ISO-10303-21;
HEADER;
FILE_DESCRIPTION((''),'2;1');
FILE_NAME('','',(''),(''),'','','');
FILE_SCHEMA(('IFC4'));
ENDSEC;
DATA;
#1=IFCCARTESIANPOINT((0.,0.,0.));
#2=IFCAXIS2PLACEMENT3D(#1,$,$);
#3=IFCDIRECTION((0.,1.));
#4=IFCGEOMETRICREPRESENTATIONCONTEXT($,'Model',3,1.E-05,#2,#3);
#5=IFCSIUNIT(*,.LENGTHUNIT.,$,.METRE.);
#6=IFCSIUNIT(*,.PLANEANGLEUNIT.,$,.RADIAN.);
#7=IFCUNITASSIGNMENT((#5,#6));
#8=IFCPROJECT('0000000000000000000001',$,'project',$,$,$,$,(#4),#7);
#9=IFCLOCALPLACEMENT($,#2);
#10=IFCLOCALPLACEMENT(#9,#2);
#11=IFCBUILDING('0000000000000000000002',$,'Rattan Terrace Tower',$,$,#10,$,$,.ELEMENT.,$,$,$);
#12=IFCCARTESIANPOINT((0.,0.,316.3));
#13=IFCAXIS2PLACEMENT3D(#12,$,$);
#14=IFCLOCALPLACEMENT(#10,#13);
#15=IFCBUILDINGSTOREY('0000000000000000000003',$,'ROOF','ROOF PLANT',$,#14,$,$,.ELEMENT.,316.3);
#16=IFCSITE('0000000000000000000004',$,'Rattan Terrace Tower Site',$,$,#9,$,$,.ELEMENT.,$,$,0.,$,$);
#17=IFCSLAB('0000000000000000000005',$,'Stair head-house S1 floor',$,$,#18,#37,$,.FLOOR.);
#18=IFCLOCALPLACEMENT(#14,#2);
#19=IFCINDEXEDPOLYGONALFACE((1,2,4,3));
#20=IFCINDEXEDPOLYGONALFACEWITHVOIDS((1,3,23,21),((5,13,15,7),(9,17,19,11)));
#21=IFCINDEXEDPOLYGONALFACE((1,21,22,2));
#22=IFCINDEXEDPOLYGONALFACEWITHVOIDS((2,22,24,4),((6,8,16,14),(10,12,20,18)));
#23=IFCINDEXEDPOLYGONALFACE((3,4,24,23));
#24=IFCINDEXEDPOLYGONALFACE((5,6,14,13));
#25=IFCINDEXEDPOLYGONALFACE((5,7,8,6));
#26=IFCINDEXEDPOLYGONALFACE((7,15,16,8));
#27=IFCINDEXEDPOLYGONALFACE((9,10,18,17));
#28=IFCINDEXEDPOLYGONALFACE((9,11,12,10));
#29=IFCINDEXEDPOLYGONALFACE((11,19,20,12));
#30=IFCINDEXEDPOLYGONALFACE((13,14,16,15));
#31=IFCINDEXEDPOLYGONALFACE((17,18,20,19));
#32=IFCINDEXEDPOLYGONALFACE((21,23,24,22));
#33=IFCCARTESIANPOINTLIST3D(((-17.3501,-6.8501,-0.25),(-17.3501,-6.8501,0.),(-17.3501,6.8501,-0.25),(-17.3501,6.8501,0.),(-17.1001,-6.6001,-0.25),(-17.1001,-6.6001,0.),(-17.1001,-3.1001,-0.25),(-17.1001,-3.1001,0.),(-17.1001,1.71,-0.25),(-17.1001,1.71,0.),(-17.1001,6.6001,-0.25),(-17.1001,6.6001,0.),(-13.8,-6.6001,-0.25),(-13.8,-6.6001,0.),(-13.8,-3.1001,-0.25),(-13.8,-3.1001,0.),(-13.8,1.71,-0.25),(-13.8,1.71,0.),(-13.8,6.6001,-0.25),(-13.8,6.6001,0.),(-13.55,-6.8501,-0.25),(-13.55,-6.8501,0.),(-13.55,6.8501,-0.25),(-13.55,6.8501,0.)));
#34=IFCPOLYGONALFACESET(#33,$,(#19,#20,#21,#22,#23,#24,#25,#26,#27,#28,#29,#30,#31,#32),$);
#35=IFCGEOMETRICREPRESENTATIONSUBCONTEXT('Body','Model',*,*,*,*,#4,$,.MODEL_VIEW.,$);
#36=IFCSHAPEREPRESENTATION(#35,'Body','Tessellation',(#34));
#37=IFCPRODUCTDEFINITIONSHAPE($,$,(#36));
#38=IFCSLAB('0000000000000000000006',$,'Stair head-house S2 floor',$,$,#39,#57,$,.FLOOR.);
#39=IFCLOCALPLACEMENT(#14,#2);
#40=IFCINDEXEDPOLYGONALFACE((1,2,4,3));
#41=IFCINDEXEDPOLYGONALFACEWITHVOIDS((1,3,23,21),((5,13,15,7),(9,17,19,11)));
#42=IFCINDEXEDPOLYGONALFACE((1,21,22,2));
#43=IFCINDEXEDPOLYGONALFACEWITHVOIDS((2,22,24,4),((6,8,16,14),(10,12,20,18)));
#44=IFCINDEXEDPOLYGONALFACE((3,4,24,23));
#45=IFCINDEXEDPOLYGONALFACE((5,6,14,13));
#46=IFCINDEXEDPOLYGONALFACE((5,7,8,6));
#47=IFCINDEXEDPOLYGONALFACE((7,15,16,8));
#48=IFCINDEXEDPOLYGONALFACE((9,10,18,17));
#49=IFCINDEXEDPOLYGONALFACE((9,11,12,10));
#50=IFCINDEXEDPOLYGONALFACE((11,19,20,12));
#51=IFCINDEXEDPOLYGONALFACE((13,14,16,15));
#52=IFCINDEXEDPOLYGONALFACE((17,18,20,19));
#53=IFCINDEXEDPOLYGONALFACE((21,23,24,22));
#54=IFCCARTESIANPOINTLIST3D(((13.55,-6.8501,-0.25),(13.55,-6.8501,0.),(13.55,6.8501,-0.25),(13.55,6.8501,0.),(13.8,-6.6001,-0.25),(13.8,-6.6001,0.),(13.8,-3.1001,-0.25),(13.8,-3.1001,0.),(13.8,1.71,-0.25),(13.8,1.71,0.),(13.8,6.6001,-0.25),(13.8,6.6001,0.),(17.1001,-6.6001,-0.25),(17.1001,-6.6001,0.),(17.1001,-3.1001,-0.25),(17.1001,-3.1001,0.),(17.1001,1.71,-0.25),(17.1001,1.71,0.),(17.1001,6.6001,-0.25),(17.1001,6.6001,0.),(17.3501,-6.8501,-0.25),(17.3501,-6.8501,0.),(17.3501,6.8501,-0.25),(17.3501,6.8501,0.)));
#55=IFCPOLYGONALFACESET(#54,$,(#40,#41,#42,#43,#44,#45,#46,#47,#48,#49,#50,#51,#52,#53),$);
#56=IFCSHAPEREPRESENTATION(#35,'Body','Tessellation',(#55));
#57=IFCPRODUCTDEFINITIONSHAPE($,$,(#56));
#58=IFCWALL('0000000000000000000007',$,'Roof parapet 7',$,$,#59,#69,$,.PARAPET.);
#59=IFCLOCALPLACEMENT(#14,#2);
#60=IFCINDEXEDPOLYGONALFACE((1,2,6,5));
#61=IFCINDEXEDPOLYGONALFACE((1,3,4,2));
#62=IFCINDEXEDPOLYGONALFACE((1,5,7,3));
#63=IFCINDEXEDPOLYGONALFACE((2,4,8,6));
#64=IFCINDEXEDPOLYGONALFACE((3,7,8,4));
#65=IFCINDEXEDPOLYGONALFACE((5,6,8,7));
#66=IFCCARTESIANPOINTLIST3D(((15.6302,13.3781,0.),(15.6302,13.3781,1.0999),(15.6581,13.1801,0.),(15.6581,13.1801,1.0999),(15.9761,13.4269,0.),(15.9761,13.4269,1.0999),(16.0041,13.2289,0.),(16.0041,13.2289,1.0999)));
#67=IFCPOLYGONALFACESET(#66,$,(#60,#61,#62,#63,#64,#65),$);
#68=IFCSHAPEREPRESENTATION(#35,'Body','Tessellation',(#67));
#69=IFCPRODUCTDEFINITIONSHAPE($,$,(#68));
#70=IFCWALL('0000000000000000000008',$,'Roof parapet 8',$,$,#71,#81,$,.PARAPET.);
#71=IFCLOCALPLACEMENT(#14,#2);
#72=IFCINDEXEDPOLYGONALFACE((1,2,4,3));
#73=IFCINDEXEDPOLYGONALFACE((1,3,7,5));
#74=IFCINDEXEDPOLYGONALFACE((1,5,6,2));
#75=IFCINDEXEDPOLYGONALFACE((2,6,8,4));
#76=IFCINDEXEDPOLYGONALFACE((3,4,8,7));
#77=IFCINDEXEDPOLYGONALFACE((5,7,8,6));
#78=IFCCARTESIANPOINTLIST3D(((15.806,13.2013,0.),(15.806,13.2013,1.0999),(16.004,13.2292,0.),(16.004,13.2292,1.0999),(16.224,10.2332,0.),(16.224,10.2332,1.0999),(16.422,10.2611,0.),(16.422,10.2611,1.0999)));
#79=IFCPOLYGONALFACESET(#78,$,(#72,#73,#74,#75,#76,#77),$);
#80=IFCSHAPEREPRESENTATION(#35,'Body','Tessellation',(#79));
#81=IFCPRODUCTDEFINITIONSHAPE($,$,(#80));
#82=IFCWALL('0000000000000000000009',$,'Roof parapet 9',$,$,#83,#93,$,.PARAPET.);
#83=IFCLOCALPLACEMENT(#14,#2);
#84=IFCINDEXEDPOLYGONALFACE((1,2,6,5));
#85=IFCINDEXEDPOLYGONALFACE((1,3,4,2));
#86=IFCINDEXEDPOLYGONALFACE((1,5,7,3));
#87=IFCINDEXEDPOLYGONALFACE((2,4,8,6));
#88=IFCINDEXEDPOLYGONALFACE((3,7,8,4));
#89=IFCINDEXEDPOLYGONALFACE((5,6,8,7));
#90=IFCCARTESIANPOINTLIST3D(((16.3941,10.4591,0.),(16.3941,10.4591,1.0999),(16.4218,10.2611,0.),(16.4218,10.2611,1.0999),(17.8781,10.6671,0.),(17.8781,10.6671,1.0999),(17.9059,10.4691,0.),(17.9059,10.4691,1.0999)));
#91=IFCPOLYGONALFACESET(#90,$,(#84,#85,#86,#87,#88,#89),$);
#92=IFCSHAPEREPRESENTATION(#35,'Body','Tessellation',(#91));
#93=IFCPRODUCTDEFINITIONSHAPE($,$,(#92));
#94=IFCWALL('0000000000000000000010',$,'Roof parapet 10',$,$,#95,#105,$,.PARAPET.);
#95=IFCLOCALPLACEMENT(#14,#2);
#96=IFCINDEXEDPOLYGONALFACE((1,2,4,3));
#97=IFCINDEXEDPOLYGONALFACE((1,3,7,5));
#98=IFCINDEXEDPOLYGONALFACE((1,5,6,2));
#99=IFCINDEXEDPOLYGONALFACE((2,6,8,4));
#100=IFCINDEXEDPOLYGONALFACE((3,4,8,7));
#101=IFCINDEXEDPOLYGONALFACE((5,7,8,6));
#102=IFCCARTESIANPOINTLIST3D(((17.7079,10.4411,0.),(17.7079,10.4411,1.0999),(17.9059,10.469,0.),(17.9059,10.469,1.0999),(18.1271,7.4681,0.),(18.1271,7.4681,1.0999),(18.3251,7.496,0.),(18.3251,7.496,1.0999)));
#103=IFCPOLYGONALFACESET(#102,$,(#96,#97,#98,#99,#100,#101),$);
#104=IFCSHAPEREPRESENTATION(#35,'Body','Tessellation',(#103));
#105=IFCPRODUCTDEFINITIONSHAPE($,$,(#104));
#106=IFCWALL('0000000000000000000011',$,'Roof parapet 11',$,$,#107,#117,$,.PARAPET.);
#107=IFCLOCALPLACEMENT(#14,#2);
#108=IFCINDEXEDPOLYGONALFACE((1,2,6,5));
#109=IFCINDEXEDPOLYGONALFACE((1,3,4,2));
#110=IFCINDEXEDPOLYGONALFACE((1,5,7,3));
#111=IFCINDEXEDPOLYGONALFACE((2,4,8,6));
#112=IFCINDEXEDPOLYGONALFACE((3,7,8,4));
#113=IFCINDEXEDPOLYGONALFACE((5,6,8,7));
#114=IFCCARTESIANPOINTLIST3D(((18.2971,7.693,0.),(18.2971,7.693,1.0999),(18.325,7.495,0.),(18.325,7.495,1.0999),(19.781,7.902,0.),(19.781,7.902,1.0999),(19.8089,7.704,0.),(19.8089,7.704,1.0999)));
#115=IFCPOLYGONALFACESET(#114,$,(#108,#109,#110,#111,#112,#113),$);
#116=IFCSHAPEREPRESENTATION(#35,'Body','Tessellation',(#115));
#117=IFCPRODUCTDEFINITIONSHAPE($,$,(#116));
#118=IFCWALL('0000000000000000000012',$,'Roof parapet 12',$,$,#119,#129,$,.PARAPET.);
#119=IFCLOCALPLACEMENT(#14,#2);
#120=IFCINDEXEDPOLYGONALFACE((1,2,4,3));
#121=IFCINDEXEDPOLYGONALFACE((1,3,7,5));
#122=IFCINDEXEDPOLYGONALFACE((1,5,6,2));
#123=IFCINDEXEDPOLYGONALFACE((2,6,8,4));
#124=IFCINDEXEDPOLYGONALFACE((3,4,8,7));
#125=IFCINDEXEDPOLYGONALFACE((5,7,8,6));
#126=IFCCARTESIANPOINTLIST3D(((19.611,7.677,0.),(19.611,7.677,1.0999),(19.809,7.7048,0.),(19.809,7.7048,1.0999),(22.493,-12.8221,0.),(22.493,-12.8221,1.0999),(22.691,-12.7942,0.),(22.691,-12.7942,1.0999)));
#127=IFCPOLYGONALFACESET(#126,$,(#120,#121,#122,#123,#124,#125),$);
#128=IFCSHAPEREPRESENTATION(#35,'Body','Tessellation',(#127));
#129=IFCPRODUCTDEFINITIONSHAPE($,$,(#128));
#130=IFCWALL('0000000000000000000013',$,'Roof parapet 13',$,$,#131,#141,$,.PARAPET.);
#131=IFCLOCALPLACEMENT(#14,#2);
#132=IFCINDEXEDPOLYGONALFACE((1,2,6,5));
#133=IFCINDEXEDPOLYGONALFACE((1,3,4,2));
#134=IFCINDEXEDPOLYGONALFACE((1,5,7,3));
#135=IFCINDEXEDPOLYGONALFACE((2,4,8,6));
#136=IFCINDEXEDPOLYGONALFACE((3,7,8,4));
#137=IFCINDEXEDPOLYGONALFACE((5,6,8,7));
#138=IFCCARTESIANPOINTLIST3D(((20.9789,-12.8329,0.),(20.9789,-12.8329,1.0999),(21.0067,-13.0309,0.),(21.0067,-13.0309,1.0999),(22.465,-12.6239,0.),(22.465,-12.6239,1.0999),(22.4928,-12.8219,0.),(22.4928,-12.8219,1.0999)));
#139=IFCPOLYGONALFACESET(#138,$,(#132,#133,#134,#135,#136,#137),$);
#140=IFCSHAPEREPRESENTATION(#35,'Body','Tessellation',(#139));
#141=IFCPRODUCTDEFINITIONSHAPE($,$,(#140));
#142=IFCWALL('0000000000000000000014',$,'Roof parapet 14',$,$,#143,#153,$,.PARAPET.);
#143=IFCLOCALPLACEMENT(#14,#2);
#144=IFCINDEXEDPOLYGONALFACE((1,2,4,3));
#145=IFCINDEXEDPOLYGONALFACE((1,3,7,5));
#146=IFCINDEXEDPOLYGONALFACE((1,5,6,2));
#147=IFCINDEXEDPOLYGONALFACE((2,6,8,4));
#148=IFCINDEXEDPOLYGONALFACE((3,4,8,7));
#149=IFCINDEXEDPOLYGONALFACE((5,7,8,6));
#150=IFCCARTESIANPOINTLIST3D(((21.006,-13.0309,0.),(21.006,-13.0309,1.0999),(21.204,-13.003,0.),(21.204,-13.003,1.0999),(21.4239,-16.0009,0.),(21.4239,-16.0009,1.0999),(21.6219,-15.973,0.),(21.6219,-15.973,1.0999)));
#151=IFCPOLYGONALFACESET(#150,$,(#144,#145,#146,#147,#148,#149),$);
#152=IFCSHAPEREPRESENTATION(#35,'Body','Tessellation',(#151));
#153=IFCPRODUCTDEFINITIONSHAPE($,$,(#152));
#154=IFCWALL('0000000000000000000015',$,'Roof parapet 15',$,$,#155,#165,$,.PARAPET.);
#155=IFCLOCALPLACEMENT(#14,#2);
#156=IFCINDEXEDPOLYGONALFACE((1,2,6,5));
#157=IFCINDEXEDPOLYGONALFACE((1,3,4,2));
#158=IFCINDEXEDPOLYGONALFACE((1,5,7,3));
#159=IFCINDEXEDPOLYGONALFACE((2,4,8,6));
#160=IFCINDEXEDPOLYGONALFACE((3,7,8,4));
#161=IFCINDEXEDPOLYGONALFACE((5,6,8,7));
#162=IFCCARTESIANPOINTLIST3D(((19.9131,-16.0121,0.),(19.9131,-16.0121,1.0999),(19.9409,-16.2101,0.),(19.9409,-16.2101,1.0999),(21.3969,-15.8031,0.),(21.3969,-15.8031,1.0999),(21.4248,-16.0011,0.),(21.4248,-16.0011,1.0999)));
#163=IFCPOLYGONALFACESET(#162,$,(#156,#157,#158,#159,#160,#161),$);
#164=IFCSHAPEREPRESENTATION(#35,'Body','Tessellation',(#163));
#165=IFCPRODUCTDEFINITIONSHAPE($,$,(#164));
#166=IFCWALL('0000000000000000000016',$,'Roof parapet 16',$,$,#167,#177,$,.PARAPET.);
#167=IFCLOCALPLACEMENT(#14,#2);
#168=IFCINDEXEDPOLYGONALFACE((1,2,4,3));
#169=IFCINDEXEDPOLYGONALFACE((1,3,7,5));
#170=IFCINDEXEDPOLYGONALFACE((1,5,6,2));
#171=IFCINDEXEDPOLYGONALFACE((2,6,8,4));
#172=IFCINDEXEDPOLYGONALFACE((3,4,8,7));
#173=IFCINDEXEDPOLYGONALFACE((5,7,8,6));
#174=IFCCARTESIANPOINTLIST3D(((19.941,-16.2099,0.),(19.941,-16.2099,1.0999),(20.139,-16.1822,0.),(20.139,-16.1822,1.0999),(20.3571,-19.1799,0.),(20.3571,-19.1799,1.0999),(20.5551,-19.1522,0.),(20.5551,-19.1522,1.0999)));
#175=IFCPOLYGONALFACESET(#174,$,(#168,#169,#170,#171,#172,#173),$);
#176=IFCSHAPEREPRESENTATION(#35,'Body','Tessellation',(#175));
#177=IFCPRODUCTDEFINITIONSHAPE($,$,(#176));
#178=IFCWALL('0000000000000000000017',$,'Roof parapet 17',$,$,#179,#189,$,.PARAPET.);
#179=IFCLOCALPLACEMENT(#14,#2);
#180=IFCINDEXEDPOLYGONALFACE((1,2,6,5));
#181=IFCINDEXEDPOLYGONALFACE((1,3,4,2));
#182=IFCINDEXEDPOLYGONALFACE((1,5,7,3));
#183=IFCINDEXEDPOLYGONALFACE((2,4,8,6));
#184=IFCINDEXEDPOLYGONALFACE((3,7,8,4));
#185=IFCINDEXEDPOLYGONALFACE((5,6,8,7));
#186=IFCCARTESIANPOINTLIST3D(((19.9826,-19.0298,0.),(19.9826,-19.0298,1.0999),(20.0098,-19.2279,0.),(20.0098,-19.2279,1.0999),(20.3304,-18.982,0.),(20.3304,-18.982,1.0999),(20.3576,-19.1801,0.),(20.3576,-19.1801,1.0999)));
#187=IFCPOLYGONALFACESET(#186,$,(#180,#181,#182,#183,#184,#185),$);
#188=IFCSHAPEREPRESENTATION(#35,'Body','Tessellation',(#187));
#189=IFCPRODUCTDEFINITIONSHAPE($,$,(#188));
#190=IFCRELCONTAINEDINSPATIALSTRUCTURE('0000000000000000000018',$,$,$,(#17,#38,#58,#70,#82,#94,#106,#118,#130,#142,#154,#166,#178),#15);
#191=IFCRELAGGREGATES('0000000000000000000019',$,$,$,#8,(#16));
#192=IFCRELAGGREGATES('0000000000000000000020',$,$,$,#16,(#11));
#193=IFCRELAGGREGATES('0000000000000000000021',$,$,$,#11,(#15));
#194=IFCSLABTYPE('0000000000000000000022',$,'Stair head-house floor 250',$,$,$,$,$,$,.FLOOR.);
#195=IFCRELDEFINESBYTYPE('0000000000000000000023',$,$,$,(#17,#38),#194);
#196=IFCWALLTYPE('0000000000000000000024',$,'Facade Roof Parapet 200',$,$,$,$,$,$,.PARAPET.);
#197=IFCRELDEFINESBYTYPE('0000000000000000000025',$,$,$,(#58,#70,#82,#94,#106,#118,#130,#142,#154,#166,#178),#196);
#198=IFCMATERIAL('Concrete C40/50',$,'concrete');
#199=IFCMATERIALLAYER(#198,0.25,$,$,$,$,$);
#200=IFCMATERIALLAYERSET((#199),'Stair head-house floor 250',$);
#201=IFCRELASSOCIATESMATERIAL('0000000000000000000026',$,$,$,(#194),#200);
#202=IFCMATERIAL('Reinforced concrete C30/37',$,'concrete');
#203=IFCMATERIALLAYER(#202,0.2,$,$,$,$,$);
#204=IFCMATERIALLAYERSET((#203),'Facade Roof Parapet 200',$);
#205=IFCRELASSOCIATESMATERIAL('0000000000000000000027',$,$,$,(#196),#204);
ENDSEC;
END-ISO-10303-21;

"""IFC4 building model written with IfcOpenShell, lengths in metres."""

from ifc_helpers import new_model, si_unit, direction, frame, frame_2d, origin, place, context, subcontext, project, spatial, polyline, rectangle, outline, extrude, material, layer, layer_set, type_object, element, save


model = new_model("IFC4")

# Units and contexts
model_context = context("Model", 3, precision=1e-05, world=origin(), true_north=direction((0.0, 1.0)))
body_context = subcontext(model_context, "Body", "Model", "MODEL_VIEW")
ifc_project = project(units=[si_unit("LENGTHUNIT", "METRE"), si_unit("PLANEANGLEUNIT", "RADIAN")], contexts=[model_context])

# Site, building, storey
site_placement = place(None, origin())
site = spatial("IfcSite", under=ifc_project, at=site_placement, Name="Rattan Terrace Tower Site", CompositionType="ELEMENT", RefElevation=0.0)
building_placement = place(site_placement, origin())
building = spatial("IfcBuilding", under=site, at=building_placement, Name="Rattan Terrace Tower", CompositionType="ELEMENT")
storey_placement = place(building_placement, frame((0.0, 0.0, 316.3)))
storey = spatial("IfcBuildingStorey", under=building, at=storey_placement, Name="ROOF", Description="ROOF PLANT", CompositionType="ELEMENT", Elevation=316.3)

# Slabs
ifc_material_1 = material(Name="Concrete C40/50", Category="concrete")
ifc_layer_1 = layer(ifc_material_1, 0.25)
ifc_layer_set_1 = layer_set([ifc_layer_1], Name="Stair head-house floor 250")
slab_type = type_object("IfcSlabType", Name="Stair head-house floor 250", PredefinedType="FLOOR", material=ifc_layer_set_1)
slab_1_placement = place(storey_placement, frame((0.0, 0.0, -0.25)))
element("IfcSlab", 1, at=slab_1_placement, inside=storey, type_object=slab_type, Name="Stair head-house S1 floor", PredefinedType="FLOOR", context=body_context, shape_type="SweptSolid", body=[
    extrude(outline(polyline([(-13.55, 6.8501), (-13.55, -6.8501), (-17.3501, -6.8501), (-17.3501, 6.8501), (-13.55, 6.8501)]), holes=[polyline([(-13.8, 6.6001), (-17.1001, 6.6001), (-17.1001, 1.71), (-13.8, 1.71), (-13.8, 6.6001)]), polyline([(-13.8, -6.6001), (-13.8, -3.1001), (-17.1001, -3.1001), (-17.1001, -6.6001), (-13.8, -6.6001)])]), origin(), (0.0, 0.0, 1.0), 0.25),
])
slab_2_placement = place(storey_placement, frame((0.0, 0.0, -0.25)))
element("IfcSlab", 2, at=slab_2_placement, inside=storey, type_object=slab_type, Name="Stair head-house S2 floor", PredefinedType="FLOOR", context=body_context, shape_type="SweptSolid", body=[
    extrude(outline(polyline([(17.3501, 6.8501), (17.3501, -6.8501), (13.55, -6.8501), (13.55, 6.8501), (17.3501, 6.8501)]), holes=[polyline([(17.1001, 6.6001), (13.8, 6.6001), (13.8, 1.71), (17.1001, 1.71), (17.1001, 6.6001)]), polyline([(17.1001, -6.6001), (17.1001, -3.1001), (13.8, -3.1001), (13.8, -6.6001), (17.1001, -6.6001)])]), origin(), (0.0, 0.0, 1.0), 0.25),
])

# Walls
ifc_material_2 = material(Name="Reinforced concrete C30/37", Category="concrete")
ifc_layer_2 = layer(ifc_material_2, 0.2)
ifc_layer_set_2 = layer_set([ifc_layer_2], Name="Facade Roof Parapet 200")
wall_type_1 = type_object("IfcWallType", Name="Facade Roof Parapet 200", PredefinedType="PARAPET", material=ifc_layer_set_2)
wall_1_placement = place(storey_placement, frame((15.644, 13.2791, 0.0), z_axis=(0.0, 0.0, 1.0), x_axis=(0.990186, 0.139758, 0.0)))
element("IfcWall", 3, at=wall_1_placement, inside=storey, type_object=wall_type_1, Name="Roof parapet 7", PredefinedType="PARAPET", context=body_context, shape_type="SweptSolid", body=[
    extrude(rectangle(XDim=0.3494, YDim=0.2, at=frame_2d((0.1748, 0.0))), origin(), (0.0, 0.0, 1.0), 1.0999),
])
wall_2_placement = place(storey_placement, frame((15.905, 13.2151, 0.0), z_axis=(0.0, 0.0, 1.0), x_axis=(0.139448, -0.990229, 0.0)))
element("IfcWall", 4, at=wall_2_placement, inside=storey, type_object=wall_type_1, Name="Roof parapet 8", PredefinedType="PARAPET", context=body_context, shape_type="SweptSolid", body=[
    extrude(rectangle(XDim=2.9973, YDim=0.2, at=frame_2d((1.4985, 0.0))), origin(), (0.0, 0.0, 1.0), 1.0999),
])
wall_3_placement = place(storey_placement, frame((16.408, 10.3601, 0.0), z_axis=(0.0, 0.0, 1.0), x_axis=(0.990321, 0.138798, 0.0)))
element("IfcWall", 5, at=wall_3_placement, inside=storey, type_object=wall_type_1, Name="Roof parapet 9", PredefinedType="PARAPET", context=body_context, shape_type="SweptSolid", body=[
    extrude(rectangle(XDim=1.4985, YDim=0.2, at=frame_2d((0.7493, 0.0))), origin(), (0.0, 0.0, 1.0), 1.0999),
])
wall_4_placement = place(storey_placement, frame((17.8069, 10.4551, 0.0), z_axis=(0.0, 0.0, 1.0), x_axis=(0.139611, -0.990206, 0.0)))
element("IfcWall", 6, at=wall_4_placement, inside=storey, type_object=wall_type_1, Name="Roof parapet 10", PredefinedType="PARAPET", context=body_context, shape_type="SweptSolid", body=[
    extrude(rectangle(XDim=3.0024, YDim=0.2, at=frame_2d((1.5012, 0.0))), origin(), (0.0, 0.0, 1.0), 1.0999),
])
wall_5_placement = place(storey_placement, frame((18.311, 7.594, 0.0), z_axis=(0.0, 0.0, 1.0), x_axis=(0.990228, 0.13946, 0.0)))
element("IfcWall", 7, at=wall_5_placement, inside=storey, type_object=wall_type_1, Name="Roof parapet 11", PredefinedType="PARAPET", context=body_context, shape_type="SweptSolid", body=[
    extrude(rectangle(XDim=1.4985, YDim=0.2, at=frame_2d((0.7493, 0.0))), origin(), (0.0, 0.0, 1.0), 1.0999),
])
wall_6_placement = place(storey_placement, frame((19.71, 7.6909, 0.0), z_axis=(0.0, 0.0, 1.0), x_axis=(0.139227, -0.990261, 0.0)))
element("IfcWall", 8, at=wall_6_placement, inside=storey, type_object=wall_type_1, Name="Roof parapet 12", PredefinedType="PARAPET", context=body_context, shape_type="SweptSolid", body=[
    extrude(rectangle(XDim=20.7007, YDim=0.2, at=frame_2d((10.3503, 0.0))), origin(), (0.0, 0.0, 1.0), 1.0999),
])
wall_7_placement = place(storey_placement, frame((22.479, -12.7229, 0.0), z_axis=(0.0, 0.0, 1.0), x_axis=(-0.990256, -0.139257, 0.0)))
element("IfcWall", 9, at=wall_7_placement, inside=storey, type_object=wall_type_1, Name="Roof parapet 13", PredefinedType="PARAPET", context=body_context, shape_type="SweptSolid", body=[
    extrude(rectangle(XDim=1.5007, YDim=0.2, at=frame_2d((0.7505, 0.0))), origin(), (0.0, 0.0, 1.0), 1.0999),
])
wall_8_placement = place(storey_placement, frame((21.105, -13.0171, 0.0), z_axis=(0.0, 0.0, 1.0), x_axis=(0.139358, -0.990242, 0.0)))
element("IfcWall", 10, at=wall_8_placement, inside=storey, type_object=wall_type_1, Name="Roof parapet 14", PredefinedType="PARAPET", context=body_context, shape_type="SweptSolid", body=[
    extrude(rectangle(XDim=2.9993, YDim=0.2, at=frame_2d((1.4995, 0.0))), origin(), (0.0, 0.0, 1.0), 1.0999),
])
wall_9_placement = place(storey_placement, frame((21.4109, -15.9021, 0.0), z_axis=(0.0, 0.0, 1.0), x_axis=(-0.990228, -0.13946, 0.0)))
element("IfcWall", 11, at=wall_9_placement, inside=storey, type_object=wall_type_1, Name="Roof parapet 15", PredefinedType="PARAPET", context=body_context, shape_type="SweptSolid", body=[
    extrude(rectangle(XDim=1.4985, YDim=0.2, at=frame_2d((0.7493, 0.0))), origin(), (0.0, 0.0, 1.0), 1.0999),
])
wall_10_placement = place(storey_placement, frame((20.04, -16.196, 0.0), z_axis=(0.0, 0.0, 1.0), x_axis=(0.13872, -0.990332, 0.0)))
element("IfcWall", 12, at=wall_10_placement, inside=storey, type_object=wall_type_1, Name="Roof parapet 16", PredefinedType="PARAPET", context=body_context, shape_type="SweptSolid", body=[
    extrude(rectangle(XDim=2.999, YDim=0.2, at=frame_2d((1.4995, 0.0))), origin(), (0.0, 0.0, 1.0), 1.0999),
])
wall_11_placement = place(storey_placement, frame((20.344, -19.0811, 0.0), z_axis=(0.0, 0.0, 1.0), x_axis=(-0.990673, -0.136261, 0.0)))
element("IfcWall", 13, at=wall_11_placement, inside=storey, type_object=wall_type_1, Name="Roof parapet 17", PredefinedType="PARAPET", context=body_context, shape_type="SweptSolid", body=[
    extrude(rectangle(XDim=0.3511, YDim=0.2, at=frame_2d((0.1755, 0.0))), origin(), (0.0, 0.0, 1.0), 1.0999),
])

save(model, "model.ifc")
